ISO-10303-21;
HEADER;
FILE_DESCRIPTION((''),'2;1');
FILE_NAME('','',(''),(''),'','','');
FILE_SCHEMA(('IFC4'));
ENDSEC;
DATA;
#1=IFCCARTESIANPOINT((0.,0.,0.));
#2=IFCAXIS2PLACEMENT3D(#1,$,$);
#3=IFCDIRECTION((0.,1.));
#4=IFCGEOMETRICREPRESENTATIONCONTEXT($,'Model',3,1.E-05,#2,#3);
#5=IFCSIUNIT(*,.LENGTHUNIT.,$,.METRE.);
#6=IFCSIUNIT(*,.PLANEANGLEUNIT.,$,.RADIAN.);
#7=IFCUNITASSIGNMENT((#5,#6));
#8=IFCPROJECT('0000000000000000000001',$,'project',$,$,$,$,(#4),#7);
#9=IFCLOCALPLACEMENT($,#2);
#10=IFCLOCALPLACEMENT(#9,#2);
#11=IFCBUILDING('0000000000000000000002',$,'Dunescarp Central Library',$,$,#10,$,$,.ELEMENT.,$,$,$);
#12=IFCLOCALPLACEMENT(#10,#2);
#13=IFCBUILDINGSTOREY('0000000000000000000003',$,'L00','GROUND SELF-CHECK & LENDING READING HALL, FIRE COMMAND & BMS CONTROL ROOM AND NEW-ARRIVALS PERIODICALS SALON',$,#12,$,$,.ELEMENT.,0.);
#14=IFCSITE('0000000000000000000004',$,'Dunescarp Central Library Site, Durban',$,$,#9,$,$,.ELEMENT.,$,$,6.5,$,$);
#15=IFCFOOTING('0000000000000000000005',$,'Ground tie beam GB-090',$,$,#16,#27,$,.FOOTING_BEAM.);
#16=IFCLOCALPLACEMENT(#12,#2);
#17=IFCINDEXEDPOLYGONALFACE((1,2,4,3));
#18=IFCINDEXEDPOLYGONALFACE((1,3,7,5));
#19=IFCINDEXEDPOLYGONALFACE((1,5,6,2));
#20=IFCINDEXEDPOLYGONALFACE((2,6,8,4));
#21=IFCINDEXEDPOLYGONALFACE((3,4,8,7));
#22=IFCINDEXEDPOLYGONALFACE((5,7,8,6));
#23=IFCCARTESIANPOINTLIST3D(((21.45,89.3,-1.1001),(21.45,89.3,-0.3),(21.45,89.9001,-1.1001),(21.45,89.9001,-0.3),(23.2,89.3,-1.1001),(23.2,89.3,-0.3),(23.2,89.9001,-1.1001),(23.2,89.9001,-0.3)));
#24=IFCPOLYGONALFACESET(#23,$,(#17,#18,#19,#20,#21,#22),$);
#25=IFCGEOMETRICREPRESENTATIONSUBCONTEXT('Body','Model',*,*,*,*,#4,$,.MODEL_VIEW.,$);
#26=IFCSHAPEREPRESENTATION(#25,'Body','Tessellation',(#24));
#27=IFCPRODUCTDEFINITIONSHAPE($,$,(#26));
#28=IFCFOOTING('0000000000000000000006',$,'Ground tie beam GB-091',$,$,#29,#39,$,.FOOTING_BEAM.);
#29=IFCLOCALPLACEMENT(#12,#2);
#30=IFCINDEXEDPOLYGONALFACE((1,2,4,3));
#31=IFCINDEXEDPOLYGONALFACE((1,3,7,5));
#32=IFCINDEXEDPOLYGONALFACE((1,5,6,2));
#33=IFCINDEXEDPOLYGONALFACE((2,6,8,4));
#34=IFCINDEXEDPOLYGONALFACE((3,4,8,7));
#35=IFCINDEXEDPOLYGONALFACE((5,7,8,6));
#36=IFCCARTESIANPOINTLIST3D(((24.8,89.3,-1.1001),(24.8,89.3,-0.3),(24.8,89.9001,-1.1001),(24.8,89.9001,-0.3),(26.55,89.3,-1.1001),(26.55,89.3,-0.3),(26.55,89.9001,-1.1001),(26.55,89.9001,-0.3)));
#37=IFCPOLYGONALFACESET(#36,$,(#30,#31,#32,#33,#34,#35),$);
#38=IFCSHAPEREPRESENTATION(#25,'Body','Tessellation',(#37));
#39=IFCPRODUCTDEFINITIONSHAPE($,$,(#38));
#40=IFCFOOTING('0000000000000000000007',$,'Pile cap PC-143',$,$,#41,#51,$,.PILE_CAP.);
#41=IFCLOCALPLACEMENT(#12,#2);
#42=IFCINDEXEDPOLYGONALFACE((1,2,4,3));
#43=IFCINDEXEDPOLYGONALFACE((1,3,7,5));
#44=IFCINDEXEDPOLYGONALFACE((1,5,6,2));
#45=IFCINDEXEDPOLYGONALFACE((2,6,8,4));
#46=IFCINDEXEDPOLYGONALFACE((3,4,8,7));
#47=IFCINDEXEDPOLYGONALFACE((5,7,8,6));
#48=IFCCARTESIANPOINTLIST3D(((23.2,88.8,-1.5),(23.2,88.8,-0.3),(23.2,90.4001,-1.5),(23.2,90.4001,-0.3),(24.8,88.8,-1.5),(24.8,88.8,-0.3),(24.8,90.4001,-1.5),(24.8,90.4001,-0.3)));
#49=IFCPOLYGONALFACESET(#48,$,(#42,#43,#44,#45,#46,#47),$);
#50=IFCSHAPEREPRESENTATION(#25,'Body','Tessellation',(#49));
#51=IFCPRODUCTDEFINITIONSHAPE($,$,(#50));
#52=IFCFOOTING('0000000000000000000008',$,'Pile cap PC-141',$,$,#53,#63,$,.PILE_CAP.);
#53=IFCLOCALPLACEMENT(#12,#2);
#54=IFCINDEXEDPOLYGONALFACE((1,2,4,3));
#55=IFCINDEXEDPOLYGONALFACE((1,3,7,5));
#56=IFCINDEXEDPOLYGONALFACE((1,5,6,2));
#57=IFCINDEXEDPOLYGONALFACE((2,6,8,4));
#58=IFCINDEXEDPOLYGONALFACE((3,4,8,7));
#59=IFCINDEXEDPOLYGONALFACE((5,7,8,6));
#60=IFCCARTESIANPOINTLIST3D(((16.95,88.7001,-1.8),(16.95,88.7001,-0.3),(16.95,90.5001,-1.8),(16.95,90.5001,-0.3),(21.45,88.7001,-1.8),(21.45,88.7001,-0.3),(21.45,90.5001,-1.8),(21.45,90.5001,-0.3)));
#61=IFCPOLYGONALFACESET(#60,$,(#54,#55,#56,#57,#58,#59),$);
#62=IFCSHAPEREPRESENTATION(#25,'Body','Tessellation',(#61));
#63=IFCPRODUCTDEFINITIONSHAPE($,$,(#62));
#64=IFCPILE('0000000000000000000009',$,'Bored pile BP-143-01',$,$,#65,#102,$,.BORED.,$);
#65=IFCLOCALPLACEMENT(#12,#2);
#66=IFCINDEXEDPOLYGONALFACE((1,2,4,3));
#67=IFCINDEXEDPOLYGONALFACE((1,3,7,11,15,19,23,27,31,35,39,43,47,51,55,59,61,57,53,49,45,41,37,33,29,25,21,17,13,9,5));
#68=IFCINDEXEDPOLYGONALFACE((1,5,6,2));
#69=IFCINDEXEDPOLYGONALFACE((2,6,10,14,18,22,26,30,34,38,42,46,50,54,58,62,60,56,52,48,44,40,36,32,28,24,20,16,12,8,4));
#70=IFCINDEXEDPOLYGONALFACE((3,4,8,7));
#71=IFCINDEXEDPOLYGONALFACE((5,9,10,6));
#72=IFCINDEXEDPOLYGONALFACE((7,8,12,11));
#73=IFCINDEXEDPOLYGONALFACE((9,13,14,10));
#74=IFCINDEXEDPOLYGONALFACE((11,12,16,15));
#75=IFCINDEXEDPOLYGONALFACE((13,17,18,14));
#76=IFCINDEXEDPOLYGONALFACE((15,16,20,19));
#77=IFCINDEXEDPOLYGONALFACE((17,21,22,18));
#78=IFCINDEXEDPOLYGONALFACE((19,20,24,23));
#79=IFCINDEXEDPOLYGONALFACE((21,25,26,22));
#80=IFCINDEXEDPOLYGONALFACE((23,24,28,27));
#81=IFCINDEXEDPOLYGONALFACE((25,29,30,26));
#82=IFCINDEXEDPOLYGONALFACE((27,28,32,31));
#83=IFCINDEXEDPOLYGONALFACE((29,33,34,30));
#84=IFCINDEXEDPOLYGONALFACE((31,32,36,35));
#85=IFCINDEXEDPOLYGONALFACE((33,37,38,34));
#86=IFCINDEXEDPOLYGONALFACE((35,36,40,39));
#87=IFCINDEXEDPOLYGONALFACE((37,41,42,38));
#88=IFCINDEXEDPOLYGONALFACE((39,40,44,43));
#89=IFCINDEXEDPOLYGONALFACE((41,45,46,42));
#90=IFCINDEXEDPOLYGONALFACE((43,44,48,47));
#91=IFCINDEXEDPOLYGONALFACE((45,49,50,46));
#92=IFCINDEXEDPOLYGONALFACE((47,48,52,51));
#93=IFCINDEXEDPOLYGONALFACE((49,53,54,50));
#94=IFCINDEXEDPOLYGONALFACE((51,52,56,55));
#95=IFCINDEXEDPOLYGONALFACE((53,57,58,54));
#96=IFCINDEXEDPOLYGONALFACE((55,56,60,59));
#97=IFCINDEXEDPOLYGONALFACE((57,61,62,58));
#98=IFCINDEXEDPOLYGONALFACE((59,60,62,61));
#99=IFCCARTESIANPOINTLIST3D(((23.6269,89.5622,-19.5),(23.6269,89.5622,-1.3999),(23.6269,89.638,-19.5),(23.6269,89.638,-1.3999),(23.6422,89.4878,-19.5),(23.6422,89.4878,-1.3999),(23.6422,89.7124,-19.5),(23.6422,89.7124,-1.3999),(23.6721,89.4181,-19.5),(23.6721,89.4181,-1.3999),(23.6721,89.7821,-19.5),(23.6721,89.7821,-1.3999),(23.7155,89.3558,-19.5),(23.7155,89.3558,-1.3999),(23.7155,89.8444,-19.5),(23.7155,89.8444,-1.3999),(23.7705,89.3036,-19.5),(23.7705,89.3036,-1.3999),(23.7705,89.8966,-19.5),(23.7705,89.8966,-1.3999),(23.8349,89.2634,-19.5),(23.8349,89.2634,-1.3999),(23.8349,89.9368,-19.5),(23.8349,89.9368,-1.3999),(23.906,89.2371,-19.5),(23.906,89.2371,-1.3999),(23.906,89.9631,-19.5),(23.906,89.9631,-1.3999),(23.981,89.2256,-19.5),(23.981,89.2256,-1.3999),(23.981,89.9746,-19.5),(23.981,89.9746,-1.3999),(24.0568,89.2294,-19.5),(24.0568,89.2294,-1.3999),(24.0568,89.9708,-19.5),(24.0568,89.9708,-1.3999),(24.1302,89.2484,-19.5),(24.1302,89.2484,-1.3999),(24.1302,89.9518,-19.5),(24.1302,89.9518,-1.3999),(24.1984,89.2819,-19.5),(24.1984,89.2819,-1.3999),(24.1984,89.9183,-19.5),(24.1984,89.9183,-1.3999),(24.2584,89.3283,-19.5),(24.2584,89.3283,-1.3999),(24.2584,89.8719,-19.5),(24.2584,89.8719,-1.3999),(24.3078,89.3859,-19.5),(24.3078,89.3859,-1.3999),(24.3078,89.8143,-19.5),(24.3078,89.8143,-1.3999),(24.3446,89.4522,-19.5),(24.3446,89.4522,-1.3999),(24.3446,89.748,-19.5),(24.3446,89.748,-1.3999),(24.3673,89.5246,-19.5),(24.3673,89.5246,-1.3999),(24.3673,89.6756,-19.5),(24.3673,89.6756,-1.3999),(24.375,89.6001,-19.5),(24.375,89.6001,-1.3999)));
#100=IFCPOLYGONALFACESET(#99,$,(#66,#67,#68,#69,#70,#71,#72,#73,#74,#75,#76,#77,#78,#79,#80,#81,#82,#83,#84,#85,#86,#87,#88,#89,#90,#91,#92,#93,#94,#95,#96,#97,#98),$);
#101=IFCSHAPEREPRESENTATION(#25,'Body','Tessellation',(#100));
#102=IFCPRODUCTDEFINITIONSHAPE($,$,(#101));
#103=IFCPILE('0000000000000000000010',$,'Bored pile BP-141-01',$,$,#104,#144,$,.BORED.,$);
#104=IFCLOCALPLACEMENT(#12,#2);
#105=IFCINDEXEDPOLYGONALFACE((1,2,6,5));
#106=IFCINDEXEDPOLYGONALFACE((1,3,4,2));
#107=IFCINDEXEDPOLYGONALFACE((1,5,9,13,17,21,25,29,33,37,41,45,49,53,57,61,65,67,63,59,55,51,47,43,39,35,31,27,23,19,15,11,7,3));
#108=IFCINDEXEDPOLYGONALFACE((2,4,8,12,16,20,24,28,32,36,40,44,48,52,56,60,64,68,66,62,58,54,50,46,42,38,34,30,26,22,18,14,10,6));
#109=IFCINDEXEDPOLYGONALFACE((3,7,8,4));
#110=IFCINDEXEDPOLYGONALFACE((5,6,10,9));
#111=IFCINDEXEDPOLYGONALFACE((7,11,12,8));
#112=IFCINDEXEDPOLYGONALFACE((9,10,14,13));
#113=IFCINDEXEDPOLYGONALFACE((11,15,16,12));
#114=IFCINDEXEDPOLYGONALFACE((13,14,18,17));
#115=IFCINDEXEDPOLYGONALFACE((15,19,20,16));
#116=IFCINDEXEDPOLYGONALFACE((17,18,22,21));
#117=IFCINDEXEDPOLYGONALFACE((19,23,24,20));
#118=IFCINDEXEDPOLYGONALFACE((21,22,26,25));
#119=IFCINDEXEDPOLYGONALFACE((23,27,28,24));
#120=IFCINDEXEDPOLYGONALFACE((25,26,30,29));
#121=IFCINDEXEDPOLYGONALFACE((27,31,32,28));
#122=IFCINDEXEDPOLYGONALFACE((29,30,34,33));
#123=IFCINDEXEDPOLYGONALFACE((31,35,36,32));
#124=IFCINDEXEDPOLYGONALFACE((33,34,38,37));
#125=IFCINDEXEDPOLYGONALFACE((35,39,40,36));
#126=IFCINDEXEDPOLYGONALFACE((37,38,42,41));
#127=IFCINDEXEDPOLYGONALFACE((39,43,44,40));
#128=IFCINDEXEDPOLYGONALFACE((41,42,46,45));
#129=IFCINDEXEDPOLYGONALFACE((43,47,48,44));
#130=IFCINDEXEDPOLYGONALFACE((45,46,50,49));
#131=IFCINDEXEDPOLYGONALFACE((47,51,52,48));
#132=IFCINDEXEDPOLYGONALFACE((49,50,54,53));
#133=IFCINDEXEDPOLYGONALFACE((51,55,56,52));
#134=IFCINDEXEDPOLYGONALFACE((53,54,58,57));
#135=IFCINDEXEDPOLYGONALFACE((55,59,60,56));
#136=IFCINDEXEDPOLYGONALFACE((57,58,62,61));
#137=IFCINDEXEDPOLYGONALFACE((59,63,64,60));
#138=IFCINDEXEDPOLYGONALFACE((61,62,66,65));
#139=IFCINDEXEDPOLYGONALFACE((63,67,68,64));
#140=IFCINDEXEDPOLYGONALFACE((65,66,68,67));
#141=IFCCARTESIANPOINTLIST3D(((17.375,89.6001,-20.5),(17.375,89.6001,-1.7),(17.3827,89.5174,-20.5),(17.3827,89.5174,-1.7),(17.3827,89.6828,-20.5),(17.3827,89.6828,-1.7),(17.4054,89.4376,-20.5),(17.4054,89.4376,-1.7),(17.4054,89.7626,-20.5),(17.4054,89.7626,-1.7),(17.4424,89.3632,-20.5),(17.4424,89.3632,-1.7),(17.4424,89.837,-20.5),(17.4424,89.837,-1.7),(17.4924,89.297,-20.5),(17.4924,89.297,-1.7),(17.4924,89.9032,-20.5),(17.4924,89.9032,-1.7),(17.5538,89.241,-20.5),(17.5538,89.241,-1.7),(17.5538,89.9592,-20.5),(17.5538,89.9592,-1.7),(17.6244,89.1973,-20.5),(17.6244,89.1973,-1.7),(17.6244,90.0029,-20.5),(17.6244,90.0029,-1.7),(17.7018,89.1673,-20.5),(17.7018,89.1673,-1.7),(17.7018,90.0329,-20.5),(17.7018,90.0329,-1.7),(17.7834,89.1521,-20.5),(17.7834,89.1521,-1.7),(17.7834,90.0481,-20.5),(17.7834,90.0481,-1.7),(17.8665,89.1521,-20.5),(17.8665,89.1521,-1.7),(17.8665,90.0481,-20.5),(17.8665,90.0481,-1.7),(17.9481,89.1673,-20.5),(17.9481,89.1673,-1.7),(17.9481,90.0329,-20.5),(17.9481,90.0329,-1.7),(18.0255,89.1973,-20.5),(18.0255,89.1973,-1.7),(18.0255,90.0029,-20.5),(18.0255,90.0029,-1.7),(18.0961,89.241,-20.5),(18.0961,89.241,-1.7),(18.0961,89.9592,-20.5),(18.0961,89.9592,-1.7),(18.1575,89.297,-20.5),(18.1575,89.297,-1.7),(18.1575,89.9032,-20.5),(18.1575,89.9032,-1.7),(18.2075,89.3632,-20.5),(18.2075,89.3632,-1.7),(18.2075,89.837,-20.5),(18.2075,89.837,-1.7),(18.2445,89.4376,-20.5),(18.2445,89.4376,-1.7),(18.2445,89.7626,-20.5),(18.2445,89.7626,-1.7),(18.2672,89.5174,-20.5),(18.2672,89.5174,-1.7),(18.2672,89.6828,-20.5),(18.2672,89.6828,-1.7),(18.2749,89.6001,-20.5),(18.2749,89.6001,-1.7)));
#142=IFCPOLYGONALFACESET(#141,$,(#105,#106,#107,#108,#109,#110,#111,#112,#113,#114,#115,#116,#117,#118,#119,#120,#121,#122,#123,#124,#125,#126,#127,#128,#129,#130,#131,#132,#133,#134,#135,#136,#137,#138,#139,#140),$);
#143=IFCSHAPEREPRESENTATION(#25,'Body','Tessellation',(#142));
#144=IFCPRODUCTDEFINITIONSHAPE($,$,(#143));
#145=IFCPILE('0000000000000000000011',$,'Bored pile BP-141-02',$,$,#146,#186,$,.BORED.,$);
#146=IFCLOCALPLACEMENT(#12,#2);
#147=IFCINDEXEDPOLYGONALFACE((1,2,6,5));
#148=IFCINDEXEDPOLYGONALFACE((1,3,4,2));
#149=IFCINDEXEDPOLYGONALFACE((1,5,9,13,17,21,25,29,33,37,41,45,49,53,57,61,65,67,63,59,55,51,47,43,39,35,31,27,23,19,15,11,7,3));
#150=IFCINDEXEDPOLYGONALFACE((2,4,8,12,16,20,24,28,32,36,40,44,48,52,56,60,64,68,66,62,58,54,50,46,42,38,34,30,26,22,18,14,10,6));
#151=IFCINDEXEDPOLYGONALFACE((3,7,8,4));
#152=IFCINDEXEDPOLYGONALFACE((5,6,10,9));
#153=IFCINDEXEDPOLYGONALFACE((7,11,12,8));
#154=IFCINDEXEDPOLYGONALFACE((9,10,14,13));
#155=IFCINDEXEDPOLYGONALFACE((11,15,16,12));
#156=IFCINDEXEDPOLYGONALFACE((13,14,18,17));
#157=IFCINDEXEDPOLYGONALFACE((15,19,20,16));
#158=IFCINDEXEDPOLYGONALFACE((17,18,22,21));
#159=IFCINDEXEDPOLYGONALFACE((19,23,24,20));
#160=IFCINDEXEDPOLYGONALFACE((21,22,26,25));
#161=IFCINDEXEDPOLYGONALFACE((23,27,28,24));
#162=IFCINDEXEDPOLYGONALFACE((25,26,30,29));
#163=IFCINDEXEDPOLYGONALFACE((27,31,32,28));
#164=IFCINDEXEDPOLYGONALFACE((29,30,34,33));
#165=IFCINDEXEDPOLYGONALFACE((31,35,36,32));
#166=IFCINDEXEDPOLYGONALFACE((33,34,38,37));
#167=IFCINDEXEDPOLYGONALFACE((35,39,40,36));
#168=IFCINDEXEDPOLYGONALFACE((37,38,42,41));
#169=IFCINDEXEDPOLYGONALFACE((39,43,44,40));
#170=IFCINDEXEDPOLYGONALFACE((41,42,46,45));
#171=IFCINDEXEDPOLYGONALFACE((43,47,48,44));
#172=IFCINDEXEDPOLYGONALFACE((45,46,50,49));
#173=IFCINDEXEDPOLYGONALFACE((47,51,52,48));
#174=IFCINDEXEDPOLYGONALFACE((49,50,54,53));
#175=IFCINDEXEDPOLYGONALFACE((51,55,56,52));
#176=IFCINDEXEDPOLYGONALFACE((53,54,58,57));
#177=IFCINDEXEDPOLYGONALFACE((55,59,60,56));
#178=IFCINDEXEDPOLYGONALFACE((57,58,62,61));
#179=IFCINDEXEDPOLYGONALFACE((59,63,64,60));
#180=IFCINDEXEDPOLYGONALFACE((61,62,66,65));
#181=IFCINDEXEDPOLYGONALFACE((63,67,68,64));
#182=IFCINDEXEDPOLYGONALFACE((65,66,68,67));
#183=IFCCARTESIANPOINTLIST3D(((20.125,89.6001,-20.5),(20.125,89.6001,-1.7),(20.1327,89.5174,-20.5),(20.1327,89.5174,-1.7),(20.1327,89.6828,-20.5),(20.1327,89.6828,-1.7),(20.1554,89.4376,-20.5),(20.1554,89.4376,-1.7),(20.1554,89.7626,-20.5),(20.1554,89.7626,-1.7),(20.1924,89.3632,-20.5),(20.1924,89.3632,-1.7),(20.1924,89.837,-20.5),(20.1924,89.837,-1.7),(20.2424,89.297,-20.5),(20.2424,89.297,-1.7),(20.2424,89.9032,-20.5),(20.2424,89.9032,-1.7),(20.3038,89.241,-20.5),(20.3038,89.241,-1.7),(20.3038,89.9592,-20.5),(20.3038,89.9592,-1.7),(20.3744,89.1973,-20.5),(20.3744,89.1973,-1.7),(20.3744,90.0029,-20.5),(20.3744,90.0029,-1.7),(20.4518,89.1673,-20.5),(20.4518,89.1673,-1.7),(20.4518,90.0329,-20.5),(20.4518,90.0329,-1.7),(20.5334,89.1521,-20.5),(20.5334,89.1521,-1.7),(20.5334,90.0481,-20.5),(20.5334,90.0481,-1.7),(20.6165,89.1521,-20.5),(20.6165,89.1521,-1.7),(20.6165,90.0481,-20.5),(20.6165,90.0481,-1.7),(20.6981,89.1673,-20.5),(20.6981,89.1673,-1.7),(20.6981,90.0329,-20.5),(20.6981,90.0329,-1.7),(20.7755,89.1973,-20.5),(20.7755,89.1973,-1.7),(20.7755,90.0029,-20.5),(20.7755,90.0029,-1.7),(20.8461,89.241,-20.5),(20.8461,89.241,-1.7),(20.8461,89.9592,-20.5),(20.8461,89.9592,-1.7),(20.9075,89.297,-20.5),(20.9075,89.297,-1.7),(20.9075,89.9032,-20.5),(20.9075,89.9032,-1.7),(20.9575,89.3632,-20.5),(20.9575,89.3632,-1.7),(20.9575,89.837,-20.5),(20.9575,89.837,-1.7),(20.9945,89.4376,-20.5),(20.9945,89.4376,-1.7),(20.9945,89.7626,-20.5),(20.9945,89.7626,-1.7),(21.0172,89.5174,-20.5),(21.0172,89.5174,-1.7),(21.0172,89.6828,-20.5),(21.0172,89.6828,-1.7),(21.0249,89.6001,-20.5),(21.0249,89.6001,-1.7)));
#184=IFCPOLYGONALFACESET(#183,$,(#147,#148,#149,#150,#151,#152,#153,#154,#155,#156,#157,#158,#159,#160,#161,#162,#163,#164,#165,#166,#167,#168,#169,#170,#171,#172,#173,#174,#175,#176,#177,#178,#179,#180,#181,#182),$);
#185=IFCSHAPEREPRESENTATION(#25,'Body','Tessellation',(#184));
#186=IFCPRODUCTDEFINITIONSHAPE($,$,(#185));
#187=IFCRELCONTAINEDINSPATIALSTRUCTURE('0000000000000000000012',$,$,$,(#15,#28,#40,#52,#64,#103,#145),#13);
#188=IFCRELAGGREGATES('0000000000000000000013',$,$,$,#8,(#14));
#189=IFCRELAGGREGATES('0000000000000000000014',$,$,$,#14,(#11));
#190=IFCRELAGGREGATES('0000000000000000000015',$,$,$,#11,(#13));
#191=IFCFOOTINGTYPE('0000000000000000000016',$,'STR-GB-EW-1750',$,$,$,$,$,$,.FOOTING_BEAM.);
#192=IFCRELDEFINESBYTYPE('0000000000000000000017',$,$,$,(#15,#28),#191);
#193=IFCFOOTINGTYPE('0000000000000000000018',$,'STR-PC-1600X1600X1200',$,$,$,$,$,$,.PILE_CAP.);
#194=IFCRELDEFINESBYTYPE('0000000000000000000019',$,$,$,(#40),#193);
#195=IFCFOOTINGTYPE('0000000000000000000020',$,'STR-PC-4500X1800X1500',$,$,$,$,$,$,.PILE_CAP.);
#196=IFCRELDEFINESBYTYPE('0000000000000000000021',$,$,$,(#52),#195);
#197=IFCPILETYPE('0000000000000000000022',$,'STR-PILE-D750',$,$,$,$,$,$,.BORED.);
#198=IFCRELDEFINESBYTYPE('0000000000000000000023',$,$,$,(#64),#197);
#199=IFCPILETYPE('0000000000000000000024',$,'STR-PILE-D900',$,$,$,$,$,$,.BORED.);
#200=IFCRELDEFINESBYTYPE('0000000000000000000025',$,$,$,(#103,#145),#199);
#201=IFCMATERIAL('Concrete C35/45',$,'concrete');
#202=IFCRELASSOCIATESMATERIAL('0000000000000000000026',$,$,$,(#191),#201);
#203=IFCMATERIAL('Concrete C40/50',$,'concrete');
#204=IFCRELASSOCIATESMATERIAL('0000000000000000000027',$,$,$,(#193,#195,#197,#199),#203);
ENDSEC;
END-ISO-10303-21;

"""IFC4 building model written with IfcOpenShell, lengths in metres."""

from ifc_helpers import new_model, si_unit, direction, frame, origin, origin_2d, place, context, subcontext, project, spatial, rectangle, circle, extrude, material, material_profile, profile_set, type_object, element, save


model = new_model("IFC4")

# Units and contexts
model_context = context("Model", 3, precision=1e-05, world=origin(), true_north=direction((0.0, 1.0)))
body_context = subcontext(model_context, "Body", "Model", "MODEL_VIEW")
ifc_project = project(units=[si_unit("LENGTHUNIT", "METRE"), si_unit("PLANEANGLEUNIT", "RADIAN")], contexts=[model_context])

# Site, building, storey
site_placement = place(None, origin())
site = spatial("IfcSite", under=ifc_project, at=site_placement, Name="Dunescarp Central Library Site, Durban", CompositionType="ELEMENT", RefElevation=6.5)
building_placement = place(site_placement, origin())
building = spatial("IfcBuilding", under=site, at=building_placement, Name="Dunescarp Central Library", CompositionType="ELEMENT")
storey_placement = place(building_placement, origin())
storey = spatial("IfcBuildingStorey", under=building, at=storey_placement, Name="L00", Description="GROUND SELF-CHECK & LENDING READING HALL, FIRE COMMAND & BMS CONTROL ROOM AND NEW-ARRIVALS PERIODICALS SALON", CompositionType="ELEMENT", Elevation=0.0)

# Footings
ifc_material_1 = material(Name="Concrete C35/45", Category="concrete")
footing_type_1 = type_object("IfcFootingType", Name="STR-GB-EW-1750", PredefinedType="FOOTING_BEAM", material=ifc_material_1)
for number, where, z_axis, x_axis, name in (
    (1, (22.325, 89.6001, -1.1001), (0.0, 0.0, 1.0), (1.0, 0.0, 0.0), "Ground tie beam GB-090"),
    (2, (25.675, 89.6001, -1.1001), (0.0, 0.0, 1.0), (1.0, 0.0, 0.0), "Ground tie beam GB-091"),
):
    element("IfcFooting", number, at=place(storey_placement, frame(where, z_axis=z_axis, x_axis=x_axis)), inside=storey, type_object=footing_type_1, Name=name, PredefinedType="FOOTING_BEAM", context=body_context, shape_type="SweptSolid", body=[
        extrude(rectangle(XDim=1.75, YDim=0.6001, at=origin_2d()), origin(), (0.0, 0.0, 1.0), 0.8),
    ])
ifc_material_2 = material(Name="Concrete C40/50", Category="concrete")
footing_type_2 = type_object("IfcFootingType", Name="STR-PC-1600X1600X1200", PredefinedType="PILE_CAP", material=ifc_material_2)
footing_1_placement = place(storey_placement, frame((24.0, 89.6001, -1.5), z_axis=(0.0, 0.0, 1.0), x_axis=(1.0, 0.0, 0.0)))
element("IfcFooting", 3, at=footing_1_placement, inside=storey, type_object=footing_type_2, Name="Pile cap PC-143", PredefinedType="PILE_CAP", context=body_context, shape_type="SweptSolid", body=[
    extrude(rectangle(XDim=1.6001, YDim=1.6001, at=origin_2d()), origin(), (0.0, 0.0, 1.0), 1.2),
])
footing_type_3 = type_object("IfcFootingType", Name="STR-PC-4500X1800X1500", PredefinedType="PILE_CAP", material=ifc_material_2)
footing_2_placement = place(storey_placement, frame((19.2, 89.6001, -1.8), z_axis=(0.0, 0.0, 1.0), x_axis=(1.0, 0.0, 0.0)))
element("IfcFooting", 4, at=footing_2_placement, inside=storey, type_object=footing_type_3, Name="Pile cap PC-141", PredefinedType="PILE_CAP", context=body_context, shape_type="SweptSolid", body=[
    extrude(rectangle(XDim=4.5, YDim=1.8, at=origin_2d()), origin(), (0.0, 0.0, 1.0), 1.5),
])

# Piles
ifc_material_profile_1 = material_profile(ifc_material_2, circle(Radius=0.375, at=origin_2d()), Name="PILE D750")
ifc_profile_set_1 = profile_set([ifc_material_profile_1], Name="Concrete C40/50")
pile_type_1 = type_object("IfcPileType", Name="STR-PILE-D750", PredefinedType="BORED", material=ifc_profile_set_1)
pile_placement = place(storey_placement, frame((24.0, 89.6001, -1.3999), z_axis=(0.0, 0.0, -1.0), x_axis=(1.0, 0.0, 0.0)))
element("IfcPile", 5, at=pile_placement, inside=storey, type_object=pile_type_1, Name="Bored pile BP-143-01", PredefinedType="BORED", context=body_context, shape_type="SweptSolid", body=[
    extrude(circle(Radius=0.375, at=origin_2d()), origin(), (0.0, 0.0, 1.0), 18.1001),
])
ifc_material_profile_2 = material_profile(ifc_material_2, circle(Radius=0.45, at=origin_2d()), Name="PILE D900")
ifc_profile_set_2 = profile_set([ifc_material_profile_2], Name="Concrete C40/50")
pile_type_2 = type_object("IfcPileType", Name="STR-PILE-D900", PredefinedType="BORED", material=ifc_profile_set_2)
for number, where, z_axis, x_axis, name in (
    (6, (17.825, 89.6001, -1.7), (0.0, 0.0, -1.0), (1.0, 0.0, 0.0), "Bored pile BP-141-01"),
    (7, (20.575, 89.6001, -1.7), (0.0, 0.0, -1.0), (1.0, 0.0, 0.0), "Bored pile BP-141-02"),
):
    element("IfcPile", number, at=place(storey_placement, frame(where, z_axis=z_axis, x_axis=x_axis)), inside=storey, type_object=pile_type_2, Name=name, PredefinedType="BORED", context=body_context, shape_type="SweptSolid", body=[
        extrude(circle(Radius=0.45, at=origin_2d()), origin(), (0.0, 0.0, 1.0), 18.8),
    ])

save(model, "model.ifc")
